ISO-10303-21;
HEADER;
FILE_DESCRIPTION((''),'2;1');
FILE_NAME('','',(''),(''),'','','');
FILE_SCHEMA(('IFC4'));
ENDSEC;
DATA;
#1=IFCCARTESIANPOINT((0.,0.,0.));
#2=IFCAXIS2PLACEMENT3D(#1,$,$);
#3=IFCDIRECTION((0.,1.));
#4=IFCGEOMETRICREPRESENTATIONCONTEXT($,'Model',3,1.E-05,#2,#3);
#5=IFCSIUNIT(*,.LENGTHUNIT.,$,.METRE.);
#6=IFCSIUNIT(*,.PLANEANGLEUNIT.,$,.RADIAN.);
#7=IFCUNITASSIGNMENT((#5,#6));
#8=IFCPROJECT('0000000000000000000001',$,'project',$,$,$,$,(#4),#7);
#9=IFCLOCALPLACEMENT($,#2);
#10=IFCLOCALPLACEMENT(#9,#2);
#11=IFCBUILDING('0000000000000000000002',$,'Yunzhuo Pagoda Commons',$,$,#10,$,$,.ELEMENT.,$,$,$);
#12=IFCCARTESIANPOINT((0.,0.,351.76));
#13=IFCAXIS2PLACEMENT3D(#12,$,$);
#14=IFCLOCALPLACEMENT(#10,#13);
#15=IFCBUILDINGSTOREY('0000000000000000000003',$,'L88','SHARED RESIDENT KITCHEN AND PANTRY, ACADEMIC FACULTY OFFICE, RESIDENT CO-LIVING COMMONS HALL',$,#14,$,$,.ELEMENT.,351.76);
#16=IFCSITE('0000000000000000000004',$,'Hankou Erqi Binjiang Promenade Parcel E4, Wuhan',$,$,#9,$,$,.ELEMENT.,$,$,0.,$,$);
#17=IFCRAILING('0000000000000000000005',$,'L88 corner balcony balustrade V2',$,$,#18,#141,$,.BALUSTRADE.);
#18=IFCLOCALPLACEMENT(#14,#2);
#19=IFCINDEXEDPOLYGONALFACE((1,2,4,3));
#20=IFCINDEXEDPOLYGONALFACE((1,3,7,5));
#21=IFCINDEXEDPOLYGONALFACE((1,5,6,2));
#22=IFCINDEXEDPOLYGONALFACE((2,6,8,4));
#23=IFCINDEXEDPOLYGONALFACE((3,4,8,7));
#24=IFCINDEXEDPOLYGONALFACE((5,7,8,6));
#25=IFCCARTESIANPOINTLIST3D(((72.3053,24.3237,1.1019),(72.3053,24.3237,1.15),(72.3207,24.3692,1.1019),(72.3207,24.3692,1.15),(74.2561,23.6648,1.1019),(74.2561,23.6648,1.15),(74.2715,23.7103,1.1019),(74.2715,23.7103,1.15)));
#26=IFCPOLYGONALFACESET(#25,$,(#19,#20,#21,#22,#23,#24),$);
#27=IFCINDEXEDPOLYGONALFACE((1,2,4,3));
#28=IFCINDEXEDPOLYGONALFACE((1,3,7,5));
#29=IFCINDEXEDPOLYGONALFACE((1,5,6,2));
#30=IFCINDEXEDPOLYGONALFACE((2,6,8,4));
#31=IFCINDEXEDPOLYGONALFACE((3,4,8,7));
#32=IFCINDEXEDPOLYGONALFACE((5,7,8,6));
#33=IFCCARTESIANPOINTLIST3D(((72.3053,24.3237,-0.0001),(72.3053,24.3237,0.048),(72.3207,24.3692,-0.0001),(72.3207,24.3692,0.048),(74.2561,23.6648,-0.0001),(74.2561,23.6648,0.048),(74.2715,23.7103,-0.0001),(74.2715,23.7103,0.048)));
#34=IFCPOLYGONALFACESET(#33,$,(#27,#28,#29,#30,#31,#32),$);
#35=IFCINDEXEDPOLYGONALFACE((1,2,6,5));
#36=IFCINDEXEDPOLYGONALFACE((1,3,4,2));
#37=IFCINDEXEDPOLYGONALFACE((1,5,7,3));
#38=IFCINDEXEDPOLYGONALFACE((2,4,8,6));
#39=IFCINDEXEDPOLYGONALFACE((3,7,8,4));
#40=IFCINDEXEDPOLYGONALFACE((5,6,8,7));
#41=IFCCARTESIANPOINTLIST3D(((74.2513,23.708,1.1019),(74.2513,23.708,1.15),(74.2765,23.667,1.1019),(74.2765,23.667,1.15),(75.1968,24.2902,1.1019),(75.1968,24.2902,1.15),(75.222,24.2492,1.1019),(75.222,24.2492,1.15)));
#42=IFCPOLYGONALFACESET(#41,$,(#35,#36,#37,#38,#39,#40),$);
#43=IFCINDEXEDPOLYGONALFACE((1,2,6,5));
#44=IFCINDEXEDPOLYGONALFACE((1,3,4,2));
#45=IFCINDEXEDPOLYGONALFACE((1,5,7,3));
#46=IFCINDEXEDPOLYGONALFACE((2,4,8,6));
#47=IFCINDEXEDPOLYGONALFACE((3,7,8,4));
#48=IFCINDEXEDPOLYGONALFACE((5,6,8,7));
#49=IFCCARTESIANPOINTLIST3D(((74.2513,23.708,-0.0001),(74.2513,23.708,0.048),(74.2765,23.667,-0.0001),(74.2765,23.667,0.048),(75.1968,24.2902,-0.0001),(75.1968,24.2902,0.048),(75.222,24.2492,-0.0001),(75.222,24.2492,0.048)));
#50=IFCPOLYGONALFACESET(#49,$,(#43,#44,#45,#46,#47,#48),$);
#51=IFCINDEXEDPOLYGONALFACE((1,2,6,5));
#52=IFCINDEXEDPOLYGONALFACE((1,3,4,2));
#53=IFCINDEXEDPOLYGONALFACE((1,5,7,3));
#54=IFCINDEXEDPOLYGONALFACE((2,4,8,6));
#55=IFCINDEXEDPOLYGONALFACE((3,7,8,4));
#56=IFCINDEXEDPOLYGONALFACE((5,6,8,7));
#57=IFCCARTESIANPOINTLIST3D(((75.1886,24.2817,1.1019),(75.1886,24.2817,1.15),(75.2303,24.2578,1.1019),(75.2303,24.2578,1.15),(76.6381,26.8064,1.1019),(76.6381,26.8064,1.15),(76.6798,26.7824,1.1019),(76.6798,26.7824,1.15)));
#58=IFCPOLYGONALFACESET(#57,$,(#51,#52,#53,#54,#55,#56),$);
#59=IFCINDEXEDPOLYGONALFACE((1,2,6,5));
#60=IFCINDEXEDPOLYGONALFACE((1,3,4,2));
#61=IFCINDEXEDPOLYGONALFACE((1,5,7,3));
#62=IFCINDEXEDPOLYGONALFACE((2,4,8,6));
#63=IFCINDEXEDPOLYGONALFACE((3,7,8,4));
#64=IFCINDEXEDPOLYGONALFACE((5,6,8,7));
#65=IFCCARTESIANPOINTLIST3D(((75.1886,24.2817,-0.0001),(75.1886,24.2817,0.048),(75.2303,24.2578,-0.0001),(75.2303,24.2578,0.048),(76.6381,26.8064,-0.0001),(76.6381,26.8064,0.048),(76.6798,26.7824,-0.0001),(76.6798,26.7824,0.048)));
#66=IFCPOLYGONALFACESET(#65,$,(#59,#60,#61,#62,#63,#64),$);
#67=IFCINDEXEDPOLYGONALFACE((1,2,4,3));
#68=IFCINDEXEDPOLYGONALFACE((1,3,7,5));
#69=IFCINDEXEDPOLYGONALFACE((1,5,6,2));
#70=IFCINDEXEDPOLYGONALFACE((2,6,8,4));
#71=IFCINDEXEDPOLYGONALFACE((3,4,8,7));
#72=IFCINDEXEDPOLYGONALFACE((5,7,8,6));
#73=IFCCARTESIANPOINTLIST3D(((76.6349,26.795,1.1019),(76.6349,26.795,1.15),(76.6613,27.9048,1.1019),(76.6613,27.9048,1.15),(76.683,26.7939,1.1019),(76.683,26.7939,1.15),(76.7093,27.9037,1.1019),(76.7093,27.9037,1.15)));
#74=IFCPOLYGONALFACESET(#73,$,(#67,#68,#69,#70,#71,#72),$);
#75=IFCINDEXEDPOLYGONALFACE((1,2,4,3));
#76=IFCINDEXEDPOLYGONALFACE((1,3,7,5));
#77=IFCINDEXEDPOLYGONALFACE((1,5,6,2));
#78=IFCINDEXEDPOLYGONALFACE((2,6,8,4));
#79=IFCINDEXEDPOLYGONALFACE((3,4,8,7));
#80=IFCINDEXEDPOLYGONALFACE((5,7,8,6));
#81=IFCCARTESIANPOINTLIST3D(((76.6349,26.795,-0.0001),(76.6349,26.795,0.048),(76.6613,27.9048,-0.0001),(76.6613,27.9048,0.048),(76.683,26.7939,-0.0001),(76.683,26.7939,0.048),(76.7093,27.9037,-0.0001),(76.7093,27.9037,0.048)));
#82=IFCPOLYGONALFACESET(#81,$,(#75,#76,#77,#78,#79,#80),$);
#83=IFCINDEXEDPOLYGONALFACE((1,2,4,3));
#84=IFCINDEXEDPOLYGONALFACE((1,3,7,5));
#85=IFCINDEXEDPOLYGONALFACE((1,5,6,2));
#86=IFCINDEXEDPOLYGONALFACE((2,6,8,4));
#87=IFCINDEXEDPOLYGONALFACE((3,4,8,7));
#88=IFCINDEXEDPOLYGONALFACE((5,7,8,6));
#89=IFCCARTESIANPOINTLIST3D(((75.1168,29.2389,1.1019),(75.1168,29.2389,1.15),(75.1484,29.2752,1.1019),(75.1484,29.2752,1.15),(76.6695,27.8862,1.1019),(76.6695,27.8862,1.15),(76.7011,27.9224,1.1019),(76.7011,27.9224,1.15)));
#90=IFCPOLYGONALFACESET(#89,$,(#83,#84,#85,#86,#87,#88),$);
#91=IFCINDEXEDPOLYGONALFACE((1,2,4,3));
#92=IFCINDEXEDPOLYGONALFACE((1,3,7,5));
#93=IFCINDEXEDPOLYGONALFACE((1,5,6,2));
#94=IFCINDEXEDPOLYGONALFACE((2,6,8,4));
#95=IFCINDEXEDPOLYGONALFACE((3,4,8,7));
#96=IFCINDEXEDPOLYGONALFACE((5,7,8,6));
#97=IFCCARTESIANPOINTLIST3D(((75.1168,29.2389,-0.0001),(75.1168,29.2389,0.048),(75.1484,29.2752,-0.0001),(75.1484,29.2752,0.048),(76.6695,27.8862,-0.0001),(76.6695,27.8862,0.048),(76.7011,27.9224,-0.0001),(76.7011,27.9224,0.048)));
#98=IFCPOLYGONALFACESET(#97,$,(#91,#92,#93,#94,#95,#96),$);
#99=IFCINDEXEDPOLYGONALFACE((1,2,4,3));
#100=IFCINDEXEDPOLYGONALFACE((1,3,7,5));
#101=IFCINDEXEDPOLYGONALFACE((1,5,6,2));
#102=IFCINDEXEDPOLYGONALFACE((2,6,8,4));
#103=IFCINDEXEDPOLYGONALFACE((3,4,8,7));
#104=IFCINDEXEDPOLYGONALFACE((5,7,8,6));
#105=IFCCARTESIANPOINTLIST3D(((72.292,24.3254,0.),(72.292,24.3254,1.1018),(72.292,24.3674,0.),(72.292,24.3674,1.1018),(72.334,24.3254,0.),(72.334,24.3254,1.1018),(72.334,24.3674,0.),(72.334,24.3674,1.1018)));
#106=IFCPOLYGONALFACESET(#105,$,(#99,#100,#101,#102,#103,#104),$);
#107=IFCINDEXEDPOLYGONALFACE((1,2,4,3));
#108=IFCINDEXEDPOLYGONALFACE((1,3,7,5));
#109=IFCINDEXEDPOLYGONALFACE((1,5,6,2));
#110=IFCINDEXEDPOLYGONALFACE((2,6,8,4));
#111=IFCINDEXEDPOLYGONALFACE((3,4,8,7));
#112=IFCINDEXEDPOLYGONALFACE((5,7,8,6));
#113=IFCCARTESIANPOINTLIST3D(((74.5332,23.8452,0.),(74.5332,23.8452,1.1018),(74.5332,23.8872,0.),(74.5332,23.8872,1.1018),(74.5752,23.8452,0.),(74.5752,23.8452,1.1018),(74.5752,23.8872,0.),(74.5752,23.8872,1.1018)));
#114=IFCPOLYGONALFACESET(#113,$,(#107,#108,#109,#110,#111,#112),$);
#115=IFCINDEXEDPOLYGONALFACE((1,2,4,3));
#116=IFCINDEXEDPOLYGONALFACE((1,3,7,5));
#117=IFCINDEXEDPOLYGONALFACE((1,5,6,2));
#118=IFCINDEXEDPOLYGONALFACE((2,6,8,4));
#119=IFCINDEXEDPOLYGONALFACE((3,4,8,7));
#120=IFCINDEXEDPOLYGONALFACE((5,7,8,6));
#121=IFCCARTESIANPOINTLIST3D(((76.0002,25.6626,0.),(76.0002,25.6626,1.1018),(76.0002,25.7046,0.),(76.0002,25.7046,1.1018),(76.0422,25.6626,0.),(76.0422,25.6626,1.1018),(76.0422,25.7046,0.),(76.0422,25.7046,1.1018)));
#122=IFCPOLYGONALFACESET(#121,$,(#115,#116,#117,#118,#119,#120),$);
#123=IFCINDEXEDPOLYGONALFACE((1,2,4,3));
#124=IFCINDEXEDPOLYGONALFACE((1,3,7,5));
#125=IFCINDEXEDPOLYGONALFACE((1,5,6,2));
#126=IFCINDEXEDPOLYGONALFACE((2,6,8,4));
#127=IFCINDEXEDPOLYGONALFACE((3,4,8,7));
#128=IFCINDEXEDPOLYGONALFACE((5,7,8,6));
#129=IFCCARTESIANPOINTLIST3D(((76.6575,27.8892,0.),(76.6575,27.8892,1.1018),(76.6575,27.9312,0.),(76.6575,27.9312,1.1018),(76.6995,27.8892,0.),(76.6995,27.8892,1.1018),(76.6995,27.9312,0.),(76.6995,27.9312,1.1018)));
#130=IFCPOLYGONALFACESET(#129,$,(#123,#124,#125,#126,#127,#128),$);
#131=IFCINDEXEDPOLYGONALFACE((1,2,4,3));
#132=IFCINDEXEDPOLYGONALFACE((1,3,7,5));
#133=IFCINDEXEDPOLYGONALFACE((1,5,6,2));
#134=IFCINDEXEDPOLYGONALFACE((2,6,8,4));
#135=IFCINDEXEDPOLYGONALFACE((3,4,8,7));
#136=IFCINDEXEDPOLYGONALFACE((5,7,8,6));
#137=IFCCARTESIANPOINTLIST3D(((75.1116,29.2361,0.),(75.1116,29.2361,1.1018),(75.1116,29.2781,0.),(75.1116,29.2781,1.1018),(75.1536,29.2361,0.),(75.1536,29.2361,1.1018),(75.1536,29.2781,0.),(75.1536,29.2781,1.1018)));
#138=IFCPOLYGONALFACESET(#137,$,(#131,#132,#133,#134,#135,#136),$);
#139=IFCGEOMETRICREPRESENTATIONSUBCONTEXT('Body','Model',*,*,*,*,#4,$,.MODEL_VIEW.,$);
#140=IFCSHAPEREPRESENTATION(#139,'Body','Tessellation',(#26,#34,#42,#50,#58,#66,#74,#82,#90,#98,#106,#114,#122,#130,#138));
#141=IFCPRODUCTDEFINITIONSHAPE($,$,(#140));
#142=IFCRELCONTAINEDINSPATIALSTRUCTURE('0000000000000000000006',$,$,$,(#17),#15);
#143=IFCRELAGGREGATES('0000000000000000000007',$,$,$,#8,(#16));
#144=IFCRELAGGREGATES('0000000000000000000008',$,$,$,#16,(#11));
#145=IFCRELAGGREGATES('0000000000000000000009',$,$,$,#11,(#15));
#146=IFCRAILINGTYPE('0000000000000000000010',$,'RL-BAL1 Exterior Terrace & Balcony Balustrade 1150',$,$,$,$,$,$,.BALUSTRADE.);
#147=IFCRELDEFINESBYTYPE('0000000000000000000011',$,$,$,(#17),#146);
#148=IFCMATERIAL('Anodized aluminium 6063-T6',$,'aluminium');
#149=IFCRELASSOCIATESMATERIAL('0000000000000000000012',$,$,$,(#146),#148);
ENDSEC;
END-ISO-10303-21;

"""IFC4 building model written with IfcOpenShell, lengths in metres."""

from ifc_helpers import new_model, si_unit, direction, frame, origin, origin_2d, place, context, subcontext, project, spatial, rectangle, extrude, material, type_object, element, save


model = new_model("IFC4")

# Units and contexts
model_context = context("Model", 3, precision=1e-05, world=origin(), true_north=direction((0.0, 1.0)))
body_context = subcontext(model_context, "Body", "Model", "MODEL_VIEW")
ifc_project = project(units=[si_unit("LENGTHUNIT", "METRE"), si_unit("PLANEANGLEUNIT", "RADIAN")], contexts=[model_context])

# Site, building, storey
site_placement = place(None, origin())
site = spatial("IfcSite", under=ifc_project, at=site_placement, Name="Hankou Erqi Binjiang Promenade Parcel E4, Wuhan", CompositionType="ELEMENT", RefElevation=0.0)
building_placement = place(site_placement, origin())
building = spatial("IfcBuilding", under=site, at=building_placement, Name="Yunzhuo Pagoda Commons", CompositionType="ELEMENT")
storey_placement = place(building_placement, frame((0.0, 0.0, 351.76)))
storey = spatial("IfcBuildingStorey", under=building, at=storey_placement, Name="L88", Description="SHARED RESIDENT KITCHEN AND PANTRY, ACADEMIC FACULTY OFFICE, RESIDENT CO-LIVING COMMONS HALL", CompositionType="ELEMENT", Elevation=351.76)

# Shared definitions
ifc_material_1 = material(Name="Anodized aluminium 6063-T6", Category="aluminium")

# Railing
railing_type = type_object("IfcRailingType", Name="RL-BAL1 Exterior Terrace & Balcony Balustrade 1150", PredefinedType="BALUSTRADE", material=ifc_material_1)
railing_placement = place(storey_placement, frame((72.313, 24.3464, 0.0)))
element("IfcRailing", 1, at=railing_placement, inside=storey, type_object=railing_type, Name="L88 corner balcony balustrade V2", PredefinedType="BALUSTRADE", context=body_context, shape_type="SweptSolid", body=[
    extrude(rectangle(XDim=0.0481, YDim=0.0481, at=origin_2d()), frame((0.0, 0.0, 1.126), z_axis=(0.947419, -0.319996, 0.0), x_axis=(0.319996, 0.947419, 0.0)), (0.0, 0.0, 1.0), 2.0591),
    extrude(rectangle(XDim=0.0481, YDim=0.0481, at=origin_2d()), frame((0.0, 0.0, 0.0239), z_axis=(0.947419, -0.319996, 0.0), x_axis=(0.319996, 0.947419, 0.0)), (0.0, 0.0, 1.0), 2.0591),
    extrude(rectangle(XDim=0.0481, YDim=0.0481, at=origin_2d()), frame((1.9509, -0.6589, 1.126), z_axis=(0.8515, 0.524355, 0.0), x_axis=(-0.524355, 0.8515, 0.0)), (0.0, 0.0, 1.0), 1.1104),
    extrude(rectangle(XDim=0.0481, YDim=0.0481, at=origin_2d()), frame((1.9509, -0.6589, 0.0239), z_axis=(0.8515, 0.524355, 0.0), x_axis=(-0.524355, 0.8515, 0.0)), (0.0, 0.0, 1.0), 1.1104),
    extrude(rectangle(XDim=0.0481, YDim=0.0481, at=origin_2d()), frame((2.8965, -0.0767, 1.126), z_axis=(0.497899, 0.867235, 0.0), x_axis=(-0.867235, 0.497899, 0.0)), (0.0, 0.0, 1.0), 2.9111),
    extrude(rectangle(XDim=0.0481, YDim=0.0481, at=origin_2d()), frame((2.8965, -0.0767, 0.0239), z_axis=(0.497899, 0.867235, 0.0), x_axis=(-0.867235, 0.497899, 0.0)), (0.0, 0.0, 1.0), 2.9111),
    extrude(rectangle(XDim=0.0481, YDim=0.0481, at=origin_2d()), frame((4.3459, 2.448, 1.126), z_axis=(0.02375, 0.999718, 0.0), x_axis=(-0.999718, 0.02375, 0.0)), (0.0, 0.0, 1.0), 1.1101),
    extrude(rectangle(XDim=0.0481, YDim=0.0481, at=origin_2d()), frame((4.3459, 2.448, 0.0239), z_axis=(0.02375, 0.999718, 0.0), x_axis=(-0.999718, 0.02375, 0.0)), (0.0, 0.0, 1.0), 1.1101),
    extrude(rectangle(XDim=0.0481, YDim=0.0481, at=origin_2d()), frame((4.3723, 3.5579, 1.126), z_axis=(-0.753985, 0.656892, 0.0), x_axis=(-0.656892, -0.753985, 0.0)), (0.0, 0.0, 1.0), 2.0593),
    extrude(rectangle(XDim=0.0481, YDim=0.0481, at=origin_2d()), frame((4.3723, 3.5579, 0.0239), z_axis=(-0.753985, 0.656892, 0.0), x_axis=(-0.656892, -0.753985, 0.0)), (0.0, 0.0, 1.0), 2.0593),
    extrude(rectangle(XDim=0.042, YDim=0.042, at=origin_2d()), origin(), (0.0, 0.0, 1.0), 1.1018),
    extrude(rectangle(XDim=0.042, YDim=0.042, at=origin_2d()), frame((2.2412, -0.4802, 0.0)), (0.0, 0.0, 1.0), 1.1018),
    extrude(rectangle(XDim=0.042, YDim=0.042, at=origin_2d()), frame((3.7083, 1.3372, 0.0)), (0.0, 0.0, 1.0), 1.1018),
    extrude(rectangle(XDim=0.042, YDim=0.042, at=origin_2d()), frame((4.3655, 3.5637, 0.0)), (0.0, 0.0, 1.0), 1.1018),
    extrude(rectangle(XDim=0.042, YDim=0.042, at=origin_2d()), frame((2.8196, 4.9106, 0.0)), (0.0, 0.0, 1.0), 1.1018),
])

save(model, "model.ifc")
